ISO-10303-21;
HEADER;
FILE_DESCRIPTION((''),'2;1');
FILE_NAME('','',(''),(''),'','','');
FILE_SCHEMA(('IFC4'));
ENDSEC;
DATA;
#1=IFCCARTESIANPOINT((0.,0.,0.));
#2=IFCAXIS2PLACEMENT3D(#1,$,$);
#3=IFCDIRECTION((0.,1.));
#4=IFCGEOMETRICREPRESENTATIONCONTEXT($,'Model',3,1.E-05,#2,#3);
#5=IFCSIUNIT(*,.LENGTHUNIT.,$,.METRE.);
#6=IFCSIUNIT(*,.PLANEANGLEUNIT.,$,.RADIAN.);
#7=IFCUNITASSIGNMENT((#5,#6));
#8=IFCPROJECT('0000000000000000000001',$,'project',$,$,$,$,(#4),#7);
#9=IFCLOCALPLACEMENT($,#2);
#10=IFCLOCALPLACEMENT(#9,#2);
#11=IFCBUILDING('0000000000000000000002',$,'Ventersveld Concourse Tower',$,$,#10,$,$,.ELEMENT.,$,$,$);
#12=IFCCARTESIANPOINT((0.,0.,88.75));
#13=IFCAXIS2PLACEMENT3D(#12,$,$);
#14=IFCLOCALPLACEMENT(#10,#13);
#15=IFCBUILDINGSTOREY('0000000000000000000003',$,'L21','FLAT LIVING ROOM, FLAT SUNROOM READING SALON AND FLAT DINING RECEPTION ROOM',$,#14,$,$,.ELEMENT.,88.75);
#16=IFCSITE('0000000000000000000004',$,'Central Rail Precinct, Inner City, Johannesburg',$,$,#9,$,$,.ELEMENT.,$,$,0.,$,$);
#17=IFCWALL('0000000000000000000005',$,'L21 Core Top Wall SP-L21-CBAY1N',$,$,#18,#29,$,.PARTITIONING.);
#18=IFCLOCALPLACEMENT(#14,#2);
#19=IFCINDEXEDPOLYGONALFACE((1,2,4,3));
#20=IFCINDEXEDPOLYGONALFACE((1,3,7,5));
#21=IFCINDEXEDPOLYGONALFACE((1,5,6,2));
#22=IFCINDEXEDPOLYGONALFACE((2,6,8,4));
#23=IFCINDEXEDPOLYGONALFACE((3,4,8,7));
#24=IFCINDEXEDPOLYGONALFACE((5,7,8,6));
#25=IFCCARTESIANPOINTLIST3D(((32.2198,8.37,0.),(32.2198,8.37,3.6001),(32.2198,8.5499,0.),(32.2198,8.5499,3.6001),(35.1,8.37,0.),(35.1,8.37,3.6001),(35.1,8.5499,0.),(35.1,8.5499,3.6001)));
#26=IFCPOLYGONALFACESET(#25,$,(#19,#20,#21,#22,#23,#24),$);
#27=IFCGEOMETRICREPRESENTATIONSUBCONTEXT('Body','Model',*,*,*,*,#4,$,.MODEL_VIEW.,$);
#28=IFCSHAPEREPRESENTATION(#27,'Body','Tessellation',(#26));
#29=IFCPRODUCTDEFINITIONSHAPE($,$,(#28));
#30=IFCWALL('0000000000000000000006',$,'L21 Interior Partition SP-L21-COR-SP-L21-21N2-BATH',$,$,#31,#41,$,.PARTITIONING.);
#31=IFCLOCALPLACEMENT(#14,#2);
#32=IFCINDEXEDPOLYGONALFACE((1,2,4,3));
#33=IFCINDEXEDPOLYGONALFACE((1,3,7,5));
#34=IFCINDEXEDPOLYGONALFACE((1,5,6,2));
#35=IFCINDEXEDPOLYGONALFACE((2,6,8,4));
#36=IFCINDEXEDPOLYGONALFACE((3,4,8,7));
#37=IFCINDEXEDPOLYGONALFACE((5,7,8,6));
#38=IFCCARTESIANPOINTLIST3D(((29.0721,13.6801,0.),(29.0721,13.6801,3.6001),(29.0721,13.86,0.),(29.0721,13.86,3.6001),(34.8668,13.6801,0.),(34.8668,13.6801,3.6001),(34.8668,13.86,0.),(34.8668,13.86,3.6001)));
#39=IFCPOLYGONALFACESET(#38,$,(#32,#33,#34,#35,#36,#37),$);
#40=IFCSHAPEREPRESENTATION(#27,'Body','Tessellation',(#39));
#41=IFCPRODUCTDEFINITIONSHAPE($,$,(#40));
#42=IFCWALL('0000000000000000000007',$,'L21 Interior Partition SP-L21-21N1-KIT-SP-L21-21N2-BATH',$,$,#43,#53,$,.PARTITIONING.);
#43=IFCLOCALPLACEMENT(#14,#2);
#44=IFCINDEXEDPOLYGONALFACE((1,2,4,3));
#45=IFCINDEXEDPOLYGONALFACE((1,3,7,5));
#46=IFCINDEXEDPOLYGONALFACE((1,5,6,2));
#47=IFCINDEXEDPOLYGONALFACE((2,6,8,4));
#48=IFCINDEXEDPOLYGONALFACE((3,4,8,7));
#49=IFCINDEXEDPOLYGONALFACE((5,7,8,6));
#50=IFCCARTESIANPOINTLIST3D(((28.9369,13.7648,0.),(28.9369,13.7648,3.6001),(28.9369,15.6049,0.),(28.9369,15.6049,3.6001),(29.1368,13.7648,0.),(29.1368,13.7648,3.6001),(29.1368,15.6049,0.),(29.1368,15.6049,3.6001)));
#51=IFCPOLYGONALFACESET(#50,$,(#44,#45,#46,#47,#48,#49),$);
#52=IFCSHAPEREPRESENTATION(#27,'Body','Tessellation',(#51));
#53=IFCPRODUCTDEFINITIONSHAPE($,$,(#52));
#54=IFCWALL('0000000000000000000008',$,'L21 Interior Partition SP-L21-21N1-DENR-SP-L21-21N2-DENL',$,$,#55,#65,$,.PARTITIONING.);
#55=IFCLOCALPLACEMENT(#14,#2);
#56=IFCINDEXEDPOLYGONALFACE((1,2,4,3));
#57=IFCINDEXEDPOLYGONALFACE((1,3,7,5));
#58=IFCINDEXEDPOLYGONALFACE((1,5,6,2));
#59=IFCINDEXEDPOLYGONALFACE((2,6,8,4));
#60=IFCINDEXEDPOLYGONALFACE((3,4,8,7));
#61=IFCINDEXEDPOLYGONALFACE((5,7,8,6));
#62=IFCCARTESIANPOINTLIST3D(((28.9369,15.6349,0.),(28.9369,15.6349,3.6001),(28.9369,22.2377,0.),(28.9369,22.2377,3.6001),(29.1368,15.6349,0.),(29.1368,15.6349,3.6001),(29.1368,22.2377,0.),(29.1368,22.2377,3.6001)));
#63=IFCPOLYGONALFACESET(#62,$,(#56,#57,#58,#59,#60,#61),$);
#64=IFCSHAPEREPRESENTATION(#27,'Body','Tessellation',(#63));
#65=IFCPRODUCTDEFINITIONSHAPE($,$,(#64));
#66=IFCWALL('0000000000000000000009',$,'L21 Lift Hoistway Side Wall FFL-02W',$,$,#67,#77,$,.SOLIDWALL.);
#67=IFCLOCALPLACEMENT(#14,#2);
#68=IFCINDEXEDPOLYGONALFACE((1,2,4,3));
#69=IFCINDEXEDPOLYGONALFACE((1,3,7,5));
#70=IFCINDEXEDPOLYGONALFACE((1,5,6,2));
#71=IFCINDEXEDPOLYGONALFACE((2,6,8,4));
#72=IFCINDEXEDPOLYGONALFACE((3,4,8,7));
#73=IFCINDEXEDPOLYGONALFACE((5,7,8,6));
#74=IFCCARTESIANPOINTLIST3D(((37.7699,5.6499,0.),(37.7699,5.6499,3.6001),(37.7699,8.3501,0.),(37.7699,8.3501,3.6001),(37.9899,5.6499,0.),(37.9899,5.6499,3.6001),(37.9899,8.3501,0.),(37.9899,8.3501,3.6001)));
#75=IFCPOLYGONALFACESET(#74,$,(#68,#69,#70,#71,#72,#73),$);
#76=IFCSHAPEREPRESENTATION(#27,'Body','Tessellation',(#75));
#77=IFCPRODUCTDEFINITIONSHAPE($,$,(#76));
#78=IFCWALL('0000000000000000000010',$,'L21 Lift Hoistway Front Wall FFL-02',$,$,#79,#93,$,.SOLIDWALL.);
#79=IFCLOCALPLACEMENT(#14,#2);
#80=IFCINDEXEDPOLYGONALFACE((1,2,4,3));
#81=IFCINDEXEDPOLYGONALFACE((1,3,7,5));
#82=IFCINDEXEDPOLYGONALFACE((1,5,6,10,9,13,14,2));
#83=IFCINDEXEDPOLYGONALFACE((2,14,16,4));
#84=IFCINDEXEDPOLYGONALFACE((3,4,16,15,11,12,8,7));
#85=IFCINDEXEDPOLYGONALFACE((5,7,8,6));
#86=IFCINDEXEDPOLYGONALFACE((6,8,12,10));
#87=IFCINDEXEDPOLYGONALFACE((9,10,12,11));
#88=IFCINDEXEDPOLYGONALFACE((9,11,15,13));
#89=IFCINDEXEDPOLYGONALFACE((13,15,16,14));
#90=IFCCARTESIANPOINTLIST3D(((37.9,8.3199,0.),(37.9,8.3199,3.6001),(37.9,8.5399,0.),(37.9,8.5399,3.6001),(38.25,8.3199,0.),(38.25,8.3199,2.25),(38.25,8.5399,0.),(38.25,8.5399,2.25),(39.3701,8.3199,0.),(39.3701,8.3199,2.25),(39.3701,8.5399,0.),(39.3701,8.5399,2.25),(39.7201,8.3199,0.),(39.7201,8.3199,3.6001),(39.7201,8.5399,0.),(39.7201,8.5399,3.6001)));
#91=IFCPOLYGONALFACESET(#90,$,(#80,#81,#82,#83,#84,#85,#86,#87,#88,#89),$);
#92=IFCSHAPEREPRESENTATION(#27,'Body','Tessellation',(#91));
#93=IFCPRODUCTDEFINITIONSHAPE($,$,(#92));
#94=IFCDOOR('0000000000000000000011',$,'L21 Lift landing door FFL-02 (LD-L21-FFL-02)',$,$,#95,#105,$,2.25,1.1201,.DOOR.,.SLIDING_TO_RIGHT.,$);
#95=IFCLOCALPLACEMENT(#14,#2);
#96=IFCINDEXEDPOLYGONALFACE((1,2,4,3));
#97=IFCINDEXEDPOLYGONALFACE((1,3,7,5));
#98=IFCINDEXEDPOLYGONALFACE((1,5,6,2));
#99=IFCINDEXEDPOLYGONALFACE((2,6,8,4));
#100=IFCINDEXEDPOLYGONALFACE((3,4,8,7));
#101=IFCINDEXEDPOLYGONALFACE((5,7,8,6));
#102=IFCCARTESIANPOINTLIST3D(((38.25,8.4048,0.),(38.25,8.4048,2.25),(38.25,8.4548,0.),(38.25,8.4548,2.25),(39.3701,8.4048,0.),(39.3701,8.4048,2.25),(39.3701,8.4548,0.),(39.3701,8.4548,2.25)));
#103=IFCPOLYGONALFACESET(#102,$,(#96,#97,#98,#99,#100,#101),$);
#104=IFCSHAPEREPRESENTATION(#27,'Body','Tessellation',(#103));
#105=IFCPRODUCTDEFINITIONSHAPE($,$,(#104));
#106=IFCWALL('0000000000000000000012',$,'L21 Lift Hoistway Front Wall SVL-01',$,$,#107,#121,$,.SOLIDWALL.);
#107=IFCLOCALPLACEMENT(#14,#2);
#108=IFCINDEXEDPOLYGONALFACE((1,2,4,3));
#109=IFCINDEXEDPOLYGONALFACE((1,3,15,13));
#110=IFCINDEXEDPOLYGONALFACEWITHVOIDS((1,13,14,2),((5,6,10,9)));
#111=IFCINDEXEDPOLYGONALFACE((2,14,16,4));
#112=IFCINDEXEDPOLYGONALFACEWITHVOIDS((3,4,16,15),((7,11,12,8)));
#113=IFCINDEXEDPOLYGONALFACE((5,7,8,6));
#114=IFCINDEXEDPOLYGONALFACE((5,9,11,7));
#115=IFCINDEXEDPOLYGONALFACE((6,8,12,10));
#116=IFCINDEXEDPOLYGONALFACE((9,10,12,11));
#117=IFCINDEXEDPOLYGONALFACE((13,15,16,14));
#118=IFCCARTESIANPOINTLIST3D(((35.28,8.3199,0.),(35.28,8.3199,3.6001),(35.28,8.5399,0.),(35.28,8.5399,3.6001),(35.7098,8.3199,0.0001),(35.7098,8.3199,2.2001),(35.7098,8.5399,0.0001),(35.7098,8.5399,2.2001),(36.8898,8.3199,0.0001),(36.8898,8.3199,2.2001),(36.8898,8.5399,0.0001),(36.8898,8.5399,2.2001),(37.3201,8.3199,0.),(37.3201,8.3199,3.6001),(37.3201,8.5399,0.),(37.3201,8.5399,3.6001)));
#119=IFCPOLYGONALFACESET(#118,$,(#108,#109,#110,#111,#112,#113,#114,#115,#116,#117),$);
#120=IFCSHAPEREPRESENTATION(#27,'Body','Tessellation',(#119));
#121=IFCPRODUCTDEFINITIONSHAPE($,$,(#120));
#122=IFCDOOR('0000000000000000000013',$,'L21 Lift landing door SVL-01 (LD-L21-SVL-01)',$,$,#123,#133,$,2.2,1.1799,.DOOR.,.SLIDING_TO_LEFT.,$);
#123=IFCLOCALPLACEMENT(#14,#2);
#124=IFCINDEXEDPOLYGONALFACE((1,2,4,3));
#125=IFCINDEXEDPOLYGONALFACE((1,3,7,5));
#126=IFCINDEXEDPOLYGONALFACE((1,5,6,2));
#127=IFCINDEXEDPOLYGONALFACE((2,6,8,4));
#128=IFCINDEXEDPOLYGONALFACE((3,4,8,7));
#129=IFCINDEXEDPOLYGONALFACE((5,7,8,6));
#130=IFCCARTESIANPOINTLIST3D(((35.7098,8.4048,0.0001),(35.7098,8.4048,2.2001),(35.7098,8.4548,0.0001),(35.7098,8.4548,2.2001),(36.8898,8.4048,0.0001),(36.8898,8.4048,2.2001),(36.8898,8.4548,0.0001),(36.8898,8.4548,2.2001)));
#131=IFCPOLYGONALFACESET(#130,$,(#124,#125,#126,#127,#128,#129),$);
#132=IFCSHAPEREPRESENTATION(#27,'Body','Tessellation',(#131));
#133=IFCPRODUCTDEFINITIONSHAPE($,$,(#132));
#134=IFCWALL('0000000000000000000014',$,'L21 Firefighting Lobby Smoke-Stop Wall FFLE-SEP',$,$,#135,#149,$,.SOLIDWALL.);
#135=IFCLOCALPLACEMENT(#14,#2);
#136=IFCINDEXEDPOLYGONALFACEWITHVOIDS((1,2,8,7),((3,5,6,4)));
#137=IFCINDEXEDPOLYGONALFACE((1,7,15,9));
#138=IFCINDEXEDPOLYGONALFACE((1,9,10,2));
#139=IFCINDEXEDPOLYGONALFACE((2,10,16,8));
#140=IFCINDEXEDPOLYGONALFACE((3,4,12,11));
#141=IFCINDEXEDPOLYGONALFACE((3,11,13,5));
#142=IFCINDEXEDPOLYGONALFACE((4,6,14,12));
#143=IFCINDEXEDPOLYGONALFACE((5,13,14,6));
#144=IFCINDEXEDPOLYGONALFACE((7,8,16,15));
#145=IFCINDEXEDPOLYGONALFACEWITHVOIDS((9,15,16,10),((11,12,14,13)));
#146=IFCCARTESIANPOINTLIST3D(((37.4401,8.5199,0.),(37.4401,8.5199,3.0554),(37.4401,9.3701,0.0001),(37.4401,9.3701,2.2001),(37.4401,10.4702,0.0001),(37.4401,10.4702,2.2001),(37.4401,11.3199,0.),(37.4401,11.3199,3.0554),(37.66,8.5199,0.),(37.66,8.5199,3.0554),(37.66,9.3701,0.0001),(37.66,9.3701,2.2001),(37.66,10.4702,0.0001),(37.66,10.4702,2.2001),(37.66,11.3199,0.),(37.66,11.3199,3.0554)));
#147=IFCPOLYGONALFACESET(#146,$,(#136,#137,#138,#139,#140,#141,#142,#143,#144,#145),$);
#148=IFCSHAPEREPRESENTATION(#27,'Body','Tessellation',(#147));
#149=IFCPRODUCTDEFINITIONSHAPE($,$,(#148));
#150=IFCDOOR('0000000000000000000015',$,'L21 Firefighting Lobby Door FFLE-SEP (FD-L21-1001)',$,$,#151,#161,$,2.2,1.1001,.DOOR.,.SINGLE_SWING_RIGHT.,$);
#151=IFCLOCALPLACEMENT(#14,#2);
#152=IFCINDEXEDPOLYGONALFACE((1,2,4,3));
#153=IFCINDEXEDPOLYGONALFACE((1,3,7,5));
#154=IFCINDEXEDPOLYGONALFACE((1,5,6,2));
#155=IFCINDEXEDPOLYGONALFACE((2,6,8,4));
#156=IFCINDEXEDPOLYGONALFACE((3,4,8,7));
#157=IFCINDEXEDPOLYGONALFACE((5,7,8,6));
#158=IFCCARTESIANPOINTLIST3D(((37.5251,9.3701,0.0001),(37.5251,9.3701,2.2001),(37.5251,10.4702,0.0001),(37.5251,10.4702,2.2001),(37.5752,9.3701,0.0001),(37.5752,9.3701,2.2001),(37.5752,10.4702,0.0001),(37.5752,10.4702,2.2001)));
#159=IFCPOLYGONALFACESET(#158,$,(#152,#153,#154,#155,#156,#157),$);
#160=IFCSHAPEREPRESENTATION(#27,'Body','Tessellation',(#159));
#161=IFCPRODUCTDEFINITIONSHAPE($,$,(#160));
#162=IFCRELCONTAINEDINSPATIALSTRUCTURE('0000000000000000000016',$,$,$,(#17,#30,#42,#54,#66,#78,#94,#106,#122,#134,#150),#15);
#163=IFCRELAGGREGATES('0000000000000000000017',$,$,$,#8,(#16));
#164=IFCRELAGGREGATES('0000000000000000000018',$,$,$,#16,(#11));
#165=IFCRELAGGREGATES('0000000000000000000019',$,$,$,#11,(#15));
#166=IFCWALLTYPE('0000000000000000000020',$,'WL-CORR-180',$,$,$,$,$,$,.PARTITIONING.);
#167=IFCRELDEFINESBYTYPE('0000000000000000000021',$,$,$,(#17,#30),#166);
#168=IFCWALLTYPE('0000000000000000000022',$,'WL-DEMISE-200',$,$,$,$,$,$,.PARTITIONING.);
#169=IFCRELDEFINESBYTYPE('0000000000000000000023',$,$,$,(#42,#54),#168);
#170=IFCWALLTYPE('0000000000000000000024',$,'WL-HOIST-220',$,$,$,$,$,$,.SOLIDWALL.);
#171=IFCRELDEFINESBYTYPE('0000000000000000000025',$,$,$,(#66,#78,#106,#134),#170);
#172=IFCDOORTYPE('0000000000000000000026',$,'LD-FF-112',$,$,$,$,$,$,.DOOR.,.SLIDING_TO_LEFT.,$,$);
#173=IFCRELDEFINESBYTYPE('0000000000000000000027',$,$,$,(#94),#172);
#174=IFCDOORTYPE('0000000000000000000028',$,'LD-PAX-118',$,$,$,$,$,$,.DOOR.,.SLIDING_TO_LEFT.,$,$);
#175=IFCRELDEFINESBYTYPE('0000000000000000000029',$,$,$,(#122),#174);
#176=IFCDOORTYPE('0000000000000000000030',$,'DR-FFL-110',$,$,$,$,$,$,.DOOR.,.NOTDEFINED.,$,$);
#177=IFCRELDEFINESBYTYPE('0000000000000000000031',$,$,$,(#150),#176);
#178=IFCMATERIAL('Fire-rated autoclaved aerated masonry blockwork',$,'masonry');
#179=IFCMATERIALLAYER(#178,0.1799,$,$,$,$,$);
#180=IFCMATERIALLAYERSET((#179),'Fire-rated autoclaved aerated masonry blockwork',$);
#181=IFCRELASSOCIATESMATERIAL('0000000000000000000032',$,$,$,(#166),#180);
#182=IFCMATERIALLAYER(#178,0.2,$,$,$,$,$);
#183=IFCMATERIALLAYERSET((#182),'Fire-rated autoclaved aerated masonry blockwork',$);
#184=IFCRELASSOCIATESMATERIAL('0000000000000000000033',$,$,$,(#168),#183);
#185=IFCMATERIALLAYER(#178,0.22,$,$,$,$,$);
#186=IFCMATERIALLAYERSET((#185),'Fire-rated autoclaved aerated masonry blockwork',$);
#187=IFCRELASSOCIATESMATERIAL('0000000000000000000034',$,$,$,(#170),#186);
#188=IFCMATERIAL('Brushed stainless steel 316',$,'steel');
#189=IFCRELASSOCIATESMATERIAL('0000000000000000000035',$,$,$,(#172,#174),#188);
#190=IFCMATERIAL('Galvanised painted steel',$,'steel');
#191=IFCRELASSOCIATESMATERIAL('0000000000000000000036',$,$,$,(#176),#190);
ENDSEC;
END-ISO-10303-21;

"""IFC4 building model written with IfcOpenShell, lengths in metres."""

from ifc_helpers import new_model, si_unit, direction, frame, frame_2d, origin, place, context, subcontext, project, spatial, rectangle, extrude, material, layer, layer_set, type_object, element, fill, save


model = new_model("IFC4")

# Units and contexts
model_context = context("Model", 3, precision=1e-05, world=origin(), true_north=direction((0.0, 1.0)))
body_context = subcontext(model_context, "Body", "Model", "MODEL_VIEW")
ifc_project = project(units=[si_unit("LENGTHUNIT", "METRE"), si_unit("PLANEANGLEUNIT", "RADIAN")], contexts=[model_context])

# Site, building, storey
site_placement = place(None, origin())
site = spatial("IfcSite", under=ifc_project, at=site_placement, Name="Central Rail Precinct, Inner City, Johannesburg", CompositionType="ELEMENT", RefElevation=0.0)
building_placement = place(site_placement, origin())
building = spatial("IfcBuilding", under=site, at=building_placement, Name="Ventersveld Concourse Tower", CompositionType="ELEMENT")
storey_placement = place(building_placement, frame((0.0, 0.0, 88.75)))
storey = spatial("IfcBuildingStorey", under=building, at=storey_placement, Name="L21", Description="FLAT LIVING ROOM, FLAT SUNROOM READING SALON AND FLAT DINING RECEPTION ROOM", CompositionType="ELEMENT", Elevation=88.75)

# Shared definitions
ifc_material_1 = material(Name="Fire-rated autoclaved aerated masonry blockwork", Category="masonry")
ifc_layer_1 = layer(ifc_material_1, 0.1799)
ifc_layer_set_1 = layer_set([ifc_layer_1], Name="Fire-rated autoclaved aerated masonry blockwork")
wall_type_1 = type_object("IfcWallType", Name="WL-CORR-180", PredefinedType="PARTITIONING", material=ifc_layer_set_1)

# Shared definitions
ifc_material_2 = material(Name="Galvanised painted steel", Category="steel")

# Wall
wall_1_placement = place(storey_placement, frame((32.22, 8.46, 0.0), z_axis=(0.0, 0.0, 1.0), x_axis=(1.0, 0.0, 0.0)))
element("IfcWall", 1, at=wall_1_placement, inside=storey, type_object=wall_type_1, Name="L21 Core Top Wall SP-L21-CBAY1N", PredefinedType="PARTITIONING", context=body_context, shape_type="SweptSolid", body=[
    extrude(rectangle(XDim=2.8801, YDim=0.1799, at=frame_2d((1.4399, 0.0))), origin(), (0.0, 0.0, 1.0), 3.6001),
])

# Walls
wall_2_placement = place(storey_placement, frame((29.072, 13.77, 0.0), z_axis=(0.0, 0.0, 1.0), x_axis=(1.0, 0.0, 0.0)))
element("IfcWall", 2, at=wall_2_placement, inside=storey, type_object=wall_type_1, Name="L21 Interior Partition SP-L21-COR-SP-L21-21N2-BATH", PredefinedType="PARTITIONING", context=body_context, shape_type="SweptSolid", body=[
    extrude(rectangle(XDim=5.7947, YDim=0.1799, at=frame_2d((2.8975, 0.0))), origin(), (0.0, 0.0, 1.0), 3.6001),
])
ifc_layer_2 = layer(ifc_material_1, 0.2)
ifc_layer_set_2 = layer_set([ifc_layer_2], Name="Fire-rated autoclaved aerated masonry blockwork")
wall_type_2 = type_object("IfcWallType", Name="WL-DEMISE-200", PredefinedType="PARTITIONING", material=ifc_layer_set_2)
wall_3_placement = place(storey_placement, frame((29.0369, 13.7649, 0.0), z_axis=(0.0, 0.0, 1.0), x_axis=(0.0, 1.0, 0.0)))
element("IfcWall", 3, at=wall_3_placement, inside=storey, type_object=wall_type_2, Name="L21 Interior Partition SP-L21-21N1-KIT-SP-L21-21N2-BATH", PredefinedType="PARTITIONING", context=body_context, shape_type="SweptSolid", body=[
    extrude(rectangle(XDim=1.8401, YDim=0.2, at=frame_2d((0.9199, 0.0))), origin(), (0.0, 0.0, 1.0), 3.6001),
])
wall_4_placement = place(storey_placement, frame((29.0369, 15.635, 0.0), z_axis=(0.0, 0.0, 1.0), x_axis=(0.0, 1.0, 0.0)))
element("IfcWall", 4, at=wall_4_placement, inside=storey, type_object=wall_type_2, Name="L21 Interior Partition SP-L21-21N1-DENR-SP-L21-21N2-DENL", PredefinedType="PARTITIONING", context=body_context, shape_type="SweptSolid", body=[
    extrude(rectangle(XDim=6.6028, YDim=0.2, at=frame_2d((3.3013, 0.0))), origin(), (0.0, 0.0, 1.0), 3.6001),
])
ifc_layer_3 = layer(ifc_material_1, 0.22)
ifc_layer_set_3 = layer_set([ifc_layer_3], Name="Fire-rated autoclaved aerated masonry blockwork")
wall_type_3 = type_object("IfcWallType", Name="WL-HOIST-220", PredefinedType="SOLIDWALL", material=ifc_layer_set_3)
wall_5_placement = place(storey_placement, frame((37.8799, 5.6499, 0.0), z_axis=(0.0, 0.0, 1.0), x_axis=(0.0, 1.0, 0.0)))
element("IfcWall", 5, at=wall_5_placement, inside=storey, type_object=wall_type_3, Name="L21 Lift Hoistway Side Wall FFL-02W", PredefinedType="SOLIDWALL", context=body_context, shape_type="SweptSolid", body=[
    extrude(rectangle(XDim=2.7002, YDim=0.22, at=frame_2d((1.3501, 0.0))), origin(), (0.0, 0.0, 1.0), 3.6001),
])

# Walls, openings, doors
wall_6_placement = place(storey_placement, frame((37.8999, 8.4299, 0.0), z_axis=(0.0, 0.0, 1.0), x_axis=(1.0, 0.0, 0.0)))
wall_6 = element("IfcWall", 6, at=wall_6_placement, inside=storey, type_object=wall_type_3, Name="L21 Lift Hoistway Front Wall FFL-02", PredefinedType="SOLIDWALL", context=body_context, shape_type="SweptSolid", body=[
    extrude(rectangle(XDim=1.8201, YDim=0.22, at=frame_2d((0.9102, 0.0))), origin(), (0.0, 0.0, 1.0), 3.6001),
])
opening_1_placement = place(wall_6_placement, frame((0.3501, 0.0, 0.0)))
opening_1 = element("IfcOpeningElement", 7, at=opening_1_placement, cuts=wall_6, PredefinedType="OPENING", context=body_context, shape_type="SweptSolid", body=[
    extrude(rectangle(XDim=1.1201, YDim=2.25, at=frame_2d((0.5601, 1.125))), frame((0.0, 0.1201, 0.0), z_axis=(0.0, -1.0, 0.0), x_axis=(1.0, 0.0, 0.0)), (0.0, 0.0, 1.0), 0.24),
])
ifc_material_3 = material(Name="Brushed stainless steel 316", Category="steel")
door_type_1 = type_object("IfcDoorType", Name="LD-FF-112", OperationType="SLIDING_TO_LEFT", PredefinedType="DOOR", material=ifc_material_3)
door_1_placement = place(opening_1_placement, origin())
door_1 = element("IfcDoor", 8, at=door_1_placement, inside=storey, type_object=door_type_1, Name="L21 Lift landing door FFL-02 (LD-L21-FFL-02)", OperationType="SLIDING_TO_RIGHT", OverallHeight=2.25, OverallWidth=1.1201, PredefinedType="DOOR", context=body_context, shape_type="SweptSolid", body=[
    extrude(rectangle(XDim=1.1201, YDim=2.25, at=frame_2d((0.5601, 1.125))), frame((0.0, 0.0249, 0.0), z_axis=(0.0, -1.0, 0.0), x_axis=(1.0, 0.0, 0.0)), (0.0, 0.0, 1.0), 0.05),
])
fill(opening_1, door_1)
wall_7_placement = place(storey_placement, frame((35.28, 8.4299, 0.0), z_axis=(0.0, 0.0, 1.0), x_axis=(1.0, 0.0, 0.0)))
wall_7 = element("IfcWall", 9, at=wall_7_placement, inside=storey, type_object=wall_type_3, Name="L21 Lift Hoistway Front Wall SVL-01", PredefinedType="SOLIDWALL", context=body_context, shape_type="SweptSolid", body=[
    extrude(rectangle(XDim=2.04, YDim=0.22, at=frame_2d((1.02, 0.0))), origin(), (0.0, 0.0, 1.0), 3.6001),
])
opening_2_placement = place(wall_7_placement, frame((0.4299, 0.0, 0.0)))
opening_2 = element("IfcOpeningElement", 10, at=opening_2_placement, cuts=wall_7, PredefinedType="OPENING", context=body_context, shape_type="SweptSolid", body=[
    extrude(rectangle(XDim=1.1799, YDim=2.2, at=frame_2d((0.5898, 1.1001))), frame((0.0, 0.1201, 0.0), z_axis=(0.0, -1.0, 0.0), x_axis=(1.0, 0.0, 0.0)), (0.0, 0.0, 1.0), 0.24),
])
door_type_2 = type_object("IfcDoorType", Name="LD-PAX-118", OperationType="SLIDING_TO_LEFT", PredefinedType="DOOR", material=ifc_material_3)
door_2_placement = place(opening_2_placement, origin())
door_2 = element("IfcDoor", 11, at=door_2_placement, inside=storey, type_object=door_type_2, Name="L21 Lift landing door SVL-01 (LD-L21-SVL-01)", OperationType="SLIDING_TO_LEFT", OverallHeight=2.2, OverallWidth=1.1799, PredefinedType="DOOR", context=body_context, shape_type="SweptSolid", body=[
    extrude(rectangle(XDim=1.1799, YDim=2.2, at=frame_2d((0.5898, 1.1001))), frame((0.0, 0.0249, 0.0), z_axis=(0.0, -1.0, 0.0), x_axis=(1.0, 0.0, 0.0)), (0.0, 0.0, 1.0), 0.05),
])
fill(opening_2, door_2)
wall_8_placement = place(storey_placement, frame((37.55, 8.52, 0.0), z_axis=(0.0, 0.0, 1.0), x_axis=(0.0, 1.0, 0.0)))
wall_8 = element("IfcWall", 12, at=wall_8_placement, inside=storey, type_object=wall_type_3, Name="L21 Firefighting Lobby Smoke-Stop Wall FFLE-SEP", PredefinedType="SOLIDWALL", context=body_context, shape_type="SweptSolid", body=[
    extrude(rectangle(XDim=2.8, YDim=0.22, at=frame_2d((1.3999, 0.0))), origin(), (0.0, 0.0, 1.0), 3.0554),
])
opening_3_placement = place(wall_8_placement, frame((0.8501, 0.0, 0.0)))
opening_3 = element("IfcOpeningElement", 13, at=opening_3_placement, cuts=wall_8, PredefinedType="OPENING", context=body_context, shape_type="SweptSolid", body=[
    extrude(rectangle(XDim=1.1001, YDim=2.2, at=frame_2d((0.55, 1.1001))), frame((0.0, 0.1201, 0.0), z_axis=(0.0, -1.0, 0.0), x_axis=(1.0, 0.0, 0.0)), (0.0, 0.0, 1.0), 0.24),
])
door_type_3 = type_object("IfcDoorType", Name="DR-FFL-110", OperationType="NOTDEFINED", PredefinedType="DOOR", material=ifc_material_2)
door_3_placement = place(opening_3_placement, origin())
door_3 = element("IfcDoor", 14, at=door_3_placement, inside=storey, type_object=door_type_3, Name="L21 Firefighting Lobby Door FFLE-SEP (FD-L21-1001)", OperationType="SINGLE_SWING_RIGHT", OverallHeight=2.2, OverallWidth=1.1001, PredefinedType="DOOR", context=body_context, shape_type="SweptSolid", body=[
    extrude(rectangle(XDim=1.1001, YDim=2.2, at=frame_2d((0.55, 1.1001))), frame((0.0, 0.0249, 0.0), z_axis=(0.0, -1.0, 0.0), x_axis=(1.0, 0.0, 0.0)), (0.0, 0.0, 1.0), 0.05),
])
fill(opening_3, door_3)

save(model, "model.ifc")
